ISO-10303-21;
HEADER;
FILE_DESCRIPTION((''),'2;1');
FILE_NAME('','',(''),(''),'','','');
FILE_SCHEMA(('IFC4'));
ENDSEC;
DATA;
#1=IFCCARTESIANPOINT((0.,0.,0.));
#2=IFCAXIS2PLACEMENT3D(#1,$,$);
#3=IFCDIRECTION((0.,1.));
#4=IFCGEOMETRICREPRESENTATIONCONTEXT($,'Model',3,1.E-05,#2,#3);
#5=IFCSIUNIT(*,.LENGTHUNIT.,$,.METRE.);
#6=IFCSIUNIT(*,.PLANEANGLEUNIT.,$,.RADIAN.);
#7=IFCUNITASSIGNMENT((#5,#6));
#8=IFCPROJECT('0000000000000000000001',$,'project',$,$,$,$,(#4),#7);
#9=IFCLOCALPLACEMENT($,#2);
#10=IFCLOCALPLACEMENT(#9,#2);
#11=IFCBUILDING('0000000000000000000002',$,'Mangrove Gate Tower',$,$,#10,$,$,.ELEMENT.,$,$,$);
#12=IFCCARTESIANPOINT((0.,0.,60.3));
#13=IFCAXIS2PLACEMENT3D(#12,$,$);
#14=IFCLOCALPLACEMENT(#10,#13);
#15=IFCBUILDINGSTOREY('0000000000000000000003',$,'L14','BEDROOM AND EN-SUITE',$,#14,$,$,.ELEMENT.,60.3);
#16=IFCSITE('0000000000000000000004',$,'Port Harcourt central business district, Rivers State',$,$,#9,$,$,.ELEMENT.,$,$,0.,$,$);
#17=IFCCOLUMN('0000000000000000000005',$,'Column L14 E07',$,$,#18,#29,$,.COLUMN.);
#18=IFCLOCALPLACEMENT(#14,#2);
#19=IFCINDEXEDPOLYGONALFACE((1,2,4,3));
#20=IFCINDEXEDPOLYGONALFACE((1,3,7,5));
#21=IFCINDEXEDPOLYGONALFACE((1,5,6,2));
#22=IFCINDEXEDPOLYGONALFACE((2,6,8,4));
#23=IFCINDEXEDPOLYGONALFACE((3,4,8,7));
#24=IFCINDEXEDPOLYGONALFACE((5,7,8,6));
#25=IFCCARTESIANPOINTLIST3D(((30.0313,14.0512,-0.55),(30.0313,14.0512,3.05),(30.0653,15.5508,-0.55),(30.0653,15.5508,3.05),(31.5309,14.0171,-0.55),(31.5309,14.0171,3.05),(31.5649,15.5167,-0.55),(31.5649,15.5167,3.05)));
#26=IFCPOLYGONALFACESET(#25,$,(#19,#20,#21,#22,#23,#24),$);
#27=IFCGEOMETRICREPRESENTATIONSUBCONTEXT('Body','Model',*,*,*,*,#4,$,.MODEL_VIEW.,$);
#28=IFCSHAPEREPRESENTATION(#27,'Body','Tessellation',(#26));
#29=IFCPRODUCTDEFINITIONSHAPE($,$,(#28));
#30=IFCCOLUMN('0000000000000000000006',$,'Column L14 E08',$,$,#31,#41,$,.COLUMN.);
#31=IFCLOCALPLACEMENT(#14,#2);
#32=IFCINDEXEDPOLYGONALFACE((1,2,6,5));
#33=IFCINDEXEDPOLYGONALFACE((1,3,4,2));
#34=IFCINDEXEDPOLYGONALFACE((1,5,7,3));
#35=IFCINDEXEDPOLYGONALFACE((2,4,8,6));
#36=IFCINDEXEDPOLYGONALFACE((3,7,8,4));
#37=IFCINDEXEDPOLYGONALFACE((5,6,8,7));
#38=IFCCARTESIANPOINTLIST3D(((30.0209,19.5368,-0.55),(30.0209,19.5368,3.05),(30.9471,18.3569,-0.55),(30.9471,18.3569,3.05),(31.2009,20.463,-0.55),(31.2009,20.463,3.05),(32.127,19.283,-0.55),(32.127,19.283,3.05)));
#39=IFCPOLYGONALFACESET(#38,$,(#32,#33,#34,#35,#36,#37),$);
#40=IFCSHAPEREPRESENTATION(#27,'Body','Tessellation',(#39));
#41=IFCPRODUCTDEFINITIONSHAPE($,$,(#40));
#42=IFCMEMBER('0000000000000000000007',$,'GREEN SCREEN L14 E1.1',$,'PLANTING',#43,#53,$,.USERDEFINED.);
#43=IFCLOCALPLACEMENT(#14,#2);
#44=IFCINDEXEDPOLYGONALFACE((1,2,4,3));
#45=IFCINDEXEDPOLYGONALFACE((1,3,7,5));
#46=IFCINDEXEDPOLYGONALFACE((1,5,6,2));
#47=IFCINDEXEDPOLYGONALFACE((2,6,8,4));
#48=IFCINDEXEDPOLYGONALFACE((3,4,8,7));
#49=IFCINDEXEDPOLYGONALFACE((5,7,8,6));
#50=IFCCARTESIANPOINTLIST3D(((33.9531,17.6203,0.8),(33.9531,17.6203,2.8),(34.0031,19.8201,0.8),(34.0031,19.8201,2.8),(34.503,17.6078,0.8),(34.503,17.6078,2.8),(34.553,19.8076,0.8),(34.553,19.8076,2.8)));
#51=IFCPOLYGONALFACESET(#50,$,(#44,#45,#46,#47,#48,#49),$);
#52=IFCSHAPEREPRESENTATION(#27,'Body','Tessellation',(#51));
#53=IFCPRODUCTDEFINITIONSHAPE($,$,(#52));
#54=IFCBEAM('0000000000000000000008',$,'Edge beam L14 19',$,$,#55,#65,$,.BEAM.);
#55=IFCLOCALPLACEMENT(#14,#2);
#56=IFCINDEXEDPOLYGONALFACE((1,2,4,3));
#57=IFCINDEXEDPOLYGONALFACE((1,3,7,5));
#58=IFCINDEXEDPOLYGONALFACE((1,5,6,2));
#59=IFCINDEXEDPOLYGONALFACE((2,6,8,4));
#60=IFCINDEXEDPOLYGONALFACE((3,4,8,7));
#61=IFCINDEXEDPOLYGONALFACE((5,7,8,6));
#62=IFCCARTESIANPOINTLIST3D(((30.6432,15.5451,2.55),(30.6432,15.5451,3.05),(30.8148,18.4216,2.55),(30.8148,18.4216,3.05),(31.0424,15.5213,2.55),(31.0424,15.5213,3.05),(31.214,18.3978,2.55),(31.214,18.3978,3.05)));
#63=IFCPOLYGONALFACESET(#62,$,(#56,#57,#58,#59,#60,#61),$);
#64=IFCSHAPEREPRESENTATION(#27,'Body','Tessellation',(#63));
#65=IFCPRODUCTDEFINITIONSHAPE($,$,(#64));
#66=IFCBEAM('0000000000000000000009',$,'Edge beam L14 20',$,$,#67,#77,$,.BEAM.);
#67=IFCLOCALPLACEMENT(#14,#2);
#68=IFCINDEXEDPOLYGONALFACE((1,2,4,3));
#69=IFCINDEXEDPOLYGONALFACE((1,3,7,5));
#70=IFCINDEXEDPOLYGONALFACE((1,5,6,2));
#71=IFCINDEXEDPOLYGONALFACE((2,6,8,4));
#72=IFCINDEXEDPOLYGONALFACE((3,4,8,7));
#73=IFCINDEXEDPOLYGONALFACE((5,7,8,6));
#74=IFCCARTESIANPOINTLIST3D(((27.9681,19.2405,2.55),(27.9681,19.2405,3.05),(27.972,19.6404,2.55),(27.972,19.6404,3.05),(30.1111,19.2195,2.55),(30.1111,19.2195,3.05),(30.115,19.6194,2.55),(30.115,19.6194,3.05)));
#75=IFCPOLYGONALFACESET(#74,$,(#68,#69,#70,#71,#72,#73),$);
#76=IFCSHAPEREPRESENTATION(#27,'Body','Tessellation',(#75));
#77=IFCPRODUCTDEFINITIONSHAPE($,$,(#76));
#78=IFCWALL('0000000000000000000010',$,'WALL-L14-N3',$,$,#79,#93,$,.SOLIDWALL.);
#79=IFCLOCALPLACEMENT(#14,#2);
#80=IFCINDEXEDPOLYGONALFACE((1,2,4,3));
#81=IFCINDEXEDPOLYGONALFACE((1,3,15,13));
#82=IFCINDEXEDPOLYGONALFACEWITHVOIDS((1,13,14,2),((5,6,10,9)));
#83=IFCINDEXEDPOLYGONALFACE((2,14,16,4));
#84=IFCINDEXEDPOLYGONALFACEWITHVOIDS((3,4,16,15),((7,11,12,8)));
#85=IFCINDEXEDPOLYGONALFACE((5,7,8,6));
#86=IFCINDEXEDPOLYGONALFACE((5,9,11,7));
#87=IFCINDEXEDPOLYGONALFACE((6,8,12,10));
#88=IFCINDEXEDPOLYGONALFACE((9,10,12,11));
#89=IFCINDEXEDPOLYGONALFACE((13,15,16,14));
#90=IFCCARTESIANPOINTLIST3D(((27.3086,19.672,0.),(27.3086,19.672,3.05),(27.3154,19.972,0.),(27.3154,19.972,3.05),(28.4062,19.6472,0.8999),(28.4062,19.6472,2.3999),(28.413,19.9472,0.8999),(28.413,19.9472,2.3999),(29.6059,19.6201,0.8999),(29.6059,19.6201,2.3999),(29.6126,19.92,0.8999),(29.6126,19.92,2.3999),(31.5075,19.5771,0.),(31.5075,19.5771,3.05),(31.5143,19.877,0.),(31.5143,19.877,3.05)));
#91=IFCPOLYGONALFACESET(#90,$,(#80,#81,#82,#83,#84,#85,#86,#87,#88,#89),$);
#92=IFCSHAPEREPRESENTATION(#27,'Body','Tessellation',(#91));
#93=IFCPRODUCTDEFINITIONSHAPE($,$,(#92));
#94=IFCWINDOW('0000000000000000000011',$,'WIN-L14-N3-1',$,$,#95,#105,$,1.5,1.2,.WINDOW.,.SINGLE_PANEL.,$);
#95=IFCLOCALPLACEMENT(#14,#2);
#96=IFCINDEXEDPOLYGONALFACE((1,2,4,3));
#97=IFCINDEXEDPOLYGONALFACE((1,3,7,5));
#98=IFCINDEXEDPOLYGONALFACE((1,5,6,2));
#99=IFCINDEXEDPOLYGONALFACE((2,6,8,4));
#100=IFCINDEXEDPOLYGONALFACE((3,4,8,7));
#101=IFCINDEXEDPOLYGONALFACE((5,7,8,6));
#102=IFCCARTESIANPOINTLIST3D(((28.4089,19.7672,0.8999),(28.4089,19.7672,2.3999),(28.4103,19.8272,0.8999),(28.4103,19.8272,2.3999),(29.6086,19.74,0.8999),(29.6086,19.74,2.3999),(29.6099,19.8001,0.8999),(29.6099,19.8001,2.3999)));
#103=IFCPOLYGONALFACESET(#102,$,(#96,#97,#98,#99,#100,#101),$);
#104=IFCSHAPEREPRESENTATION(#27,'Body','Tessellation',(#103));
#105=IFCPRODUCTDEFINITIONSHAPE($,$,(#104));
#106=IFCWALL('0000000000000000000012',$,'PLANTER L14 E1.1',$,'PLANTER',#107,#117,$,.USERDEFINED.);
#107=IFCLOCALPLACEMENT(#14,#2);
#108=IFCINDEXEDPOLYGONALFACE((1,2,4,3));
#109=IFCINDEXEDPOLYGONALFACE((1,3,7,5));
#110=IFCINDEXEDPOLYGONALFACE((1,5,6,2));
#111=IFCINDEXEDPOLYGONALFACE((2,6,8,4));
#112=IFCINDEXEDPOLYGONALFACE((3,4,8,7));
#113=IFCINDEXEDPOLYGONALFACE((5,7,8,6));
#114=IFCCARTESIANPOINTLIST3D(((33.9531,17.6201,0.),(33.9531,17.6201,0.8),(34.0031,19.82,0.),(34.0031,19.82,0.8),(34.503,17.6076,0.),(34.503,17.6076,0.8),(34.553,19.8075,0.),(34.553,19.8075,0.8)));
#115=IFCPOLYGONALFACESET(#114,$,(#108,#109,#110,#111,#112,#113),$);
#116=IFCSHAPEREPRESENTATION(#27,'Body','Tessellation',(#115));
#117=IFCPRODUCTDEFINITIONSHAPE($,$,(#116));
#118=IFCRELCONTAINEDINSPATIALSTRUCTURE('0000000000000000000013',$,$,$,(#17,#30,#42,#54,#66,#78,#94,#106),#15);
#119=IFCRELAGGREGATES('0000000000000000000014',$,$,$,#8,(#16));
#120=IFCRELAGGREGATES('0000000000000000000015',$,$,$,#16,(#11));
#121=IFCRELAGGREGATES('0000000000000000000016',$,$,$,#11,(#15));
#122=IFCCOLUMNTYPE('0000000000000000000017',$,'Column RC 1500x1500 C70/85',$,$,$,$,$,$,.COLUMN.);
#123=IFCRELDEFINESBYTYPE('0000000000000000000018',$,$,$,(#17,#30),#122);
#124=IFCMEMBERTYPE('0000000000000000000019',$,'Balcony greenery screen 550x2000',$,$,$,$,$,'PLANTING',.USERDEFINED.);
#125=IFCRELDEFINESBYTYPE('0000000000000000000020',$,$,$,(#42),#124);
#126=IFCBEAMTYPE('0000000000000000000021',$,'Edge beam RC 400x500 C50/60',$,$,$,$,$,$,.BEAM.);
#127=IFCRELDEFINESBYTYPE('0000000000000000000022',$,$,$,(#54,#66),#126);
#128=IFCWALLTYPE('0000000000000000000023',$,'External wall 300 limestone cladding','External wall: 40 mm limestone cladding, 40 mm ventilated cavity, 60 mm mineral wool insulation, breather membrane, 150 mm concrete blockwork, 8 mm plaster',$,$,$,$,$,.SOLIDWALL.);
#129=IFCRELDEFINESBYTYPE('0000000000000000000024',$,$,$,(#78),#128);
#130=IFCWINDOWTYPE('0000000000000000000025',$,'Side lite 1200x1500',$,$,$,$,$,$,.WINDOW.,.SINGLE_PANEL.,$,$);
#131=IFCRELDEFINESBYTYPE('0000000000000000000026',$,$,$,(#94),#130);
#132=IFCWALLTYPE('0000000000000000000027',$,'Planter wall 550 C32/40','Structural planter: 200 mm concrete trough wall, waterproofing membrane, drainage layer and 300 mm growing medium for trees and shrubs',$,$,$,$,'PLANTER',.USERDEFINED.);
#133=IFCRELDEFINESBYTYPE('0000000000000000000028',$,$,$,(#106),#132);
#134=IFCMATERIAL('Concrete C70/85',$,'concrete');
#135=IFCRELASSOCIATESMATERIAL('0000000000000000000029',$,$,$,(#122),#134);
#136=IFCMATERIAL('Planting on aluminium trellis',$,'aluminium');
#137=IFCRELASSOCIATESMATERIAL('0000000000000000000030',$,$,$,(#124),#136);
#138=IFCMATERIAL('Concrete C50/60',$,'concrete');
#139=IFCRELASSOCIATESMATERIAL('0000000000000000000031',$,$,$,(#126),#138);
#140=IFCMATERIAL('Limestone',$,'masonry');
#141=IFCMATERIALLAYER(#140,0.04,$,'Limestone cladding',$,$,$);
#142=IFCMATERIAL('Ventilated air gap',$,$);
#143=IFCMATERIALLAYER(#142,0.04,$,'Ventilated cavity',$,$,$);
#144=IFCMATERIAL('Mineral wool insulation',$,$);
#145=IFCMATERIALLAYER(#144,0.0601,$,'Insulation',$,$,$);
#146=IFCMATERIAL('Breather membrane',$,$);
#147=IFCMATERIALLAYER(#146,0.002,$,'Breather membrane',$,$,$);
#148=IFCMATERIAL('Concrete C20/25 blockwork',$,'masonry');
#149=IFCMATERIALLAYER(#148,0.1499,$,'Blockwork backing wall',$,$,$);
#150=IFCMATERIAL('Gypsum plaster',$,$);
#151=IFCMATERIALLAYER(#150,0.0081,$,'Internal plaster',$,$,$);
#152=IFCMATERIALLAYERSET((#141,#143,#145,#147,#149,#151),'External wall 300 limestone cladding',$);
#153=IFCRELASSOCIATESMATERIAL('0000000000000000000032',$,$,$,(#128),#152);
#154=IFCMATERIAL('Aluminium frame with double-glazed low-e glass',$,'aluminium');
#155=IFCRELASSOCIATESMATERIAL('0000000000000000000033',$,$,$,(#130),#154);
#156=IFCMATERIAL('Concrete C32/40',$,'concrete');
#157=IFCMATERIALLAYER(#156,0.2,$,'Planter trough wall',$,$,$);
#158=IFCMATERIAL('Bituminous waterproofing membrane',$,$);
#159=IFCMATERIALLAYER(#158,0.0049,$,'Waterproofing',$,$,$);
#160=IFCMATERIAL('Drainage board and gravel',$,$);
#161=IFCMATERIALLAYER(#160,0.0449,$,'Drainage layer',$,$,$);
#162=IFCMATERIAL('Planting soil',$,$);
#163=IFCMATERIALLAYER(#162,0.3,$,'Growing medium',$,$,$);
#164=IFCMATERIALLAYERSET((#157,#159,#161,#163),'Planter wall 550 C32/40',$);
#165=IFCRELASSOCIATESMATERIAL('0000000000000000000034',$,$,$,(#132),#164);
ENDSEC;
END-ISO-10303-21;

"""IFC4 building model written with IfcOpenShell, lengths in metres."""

from ifc_helpers import new_model, si_unit, direction, frame, frame_2d, origin, origin_2d, place, context, subcontext, project, spatial, rectangle, extrude, material, layer, layer_set, material_profile, profile_set, type_object, element, fill, save


model = new_model("IFC4")

# Units and contexts
model_context = context("Model", 3, precision=1e-05, world=origin(), true_north=direction((0.0, 1.0)))
body_context = subcontext(model_context, "Body", "Model", "MODEL_VIEW")
ifc_project = project(units=[si_unit("LENGTHUNIT", "METRE"), si_unit("PLANEANGLEUNIT", "RADIAN")], contexts=[model_context])

# Site, building, storey
site_placement = place(None, origin())
site = spatial("IfcSite", under=ifc_project, at=site_placement, Name="Port Harcourt central business district, Rivers State", CompositionType="ELEMENT", RefElevation=0.0)
building_placement = place(site_placement, origin())
building = spatial("IfcBuilding", under=site, at=building_placement, Name="Mangrove Gate Tower", CompositionType="ELEMENT")
storey_placement = place(building_placement, frame((0.0, 0.0, 60.3)))
storey = spatial("IfcBuildingStorey", under=building, at=storey_placement, Name="L14", Description="BEDROOM AND EN-SUITE", CompositionType="ELEMENT", Elevation=60.3)

# Columns
ifc_material_1 = material(Name="Concrete C70/85", Category="concrete")
ifc_material_profile_1 = material_profile(ifc_material_1, rectangle(XDim=1.5, YDim=1.5, at=origin_2d()))
ifc_profile_set_1 = profile_set([ifc_material_profile_1], Name="Concrete C70/85")
column_type = type_object("IfcColumnType", Name="Column RC 1500x1500 C70/85", PredefinedType="COLUMN", material=ifc_profile_set_1)
for number, where, z_axis, x_axis, name in (
    (1, (30.7981, 14.7839, -0.55), (0.0, 0.0, 1.0), (0.02271, 0.999742, 0.0), "Column L14 E07"),
    (2, (31.074, 19.4099, -0.55), (0.0, 0.0, 1.0), (-0.617421, 0.786633, 0.0), "Column L14 E08"),
):
    element("IfcColumn", number, at=place(storey_placement, frame(where, z_axis=z_axis, x_axis=x_axis)), inside=storey, type_object=column_type, Name=name, PredefinedType="COLUMN", context=body_context, shape_type="SweptSolid", body=[
        extrude(rectangle(XDim=1.5, YDim=1.5, at=origin_2d()), origin(), (0.0, 0.0, 1.0), 3.6001),
    ])

# Member
ifc_material_2 = material(Name="Planting on aluminium trellis", Category="aluminium")
ifc_material_profile_2 = material_profile(ifc_material_2, rectangle(XDim=0.55, YDim=2.0, at=origin_2d()))
ifc_profile_set_2 = profile_set([ifc_material_profile_2], Name="Planting on aluminium trellis")
member_type = type_object("IfcMemberType", Name="Balcony greenery screen 550x2000", ElementType="PLANTING", PredefinedType="USERDEFINED", material=ifc_profile_set_2)
member_placement = place(storey_placement, frame((34.228, 17.614, 1.8), z_axis=(0.022744, 0.999741, 0.0), x_axis=(-0.999741, 0.022744, 0.0)))
element("IfcMember", 3, at=member_placement, inside=storey, type_object=member_type, Name="GREEN SCREEN L14 E1.1", ObjectType="PLANTING", PredefinedType="USERDEFINED", context=body_context, shape_type="SweptSolid", body=[
    extrude(rectangle(XDim=0.55, YDim=2.0, at=origin_2d()), origin(), (0.0, 0.0, 1.0), 2.2004),
])

# Beams
ifc_material_3 = material(Name="Concrete C50/60", Category="concrete")
ifc_material_profile_3 = material_profile(ifc_material_3, rectangle(XDim=0.3999, YDim=0.5, at=origin_2d()))
ifc_profile_set_3 = profile_set([ifc_material_profile_3], Name="Concrete C50/60")
beam_type = type_object("IfcBeamType", Name="Edge beam RC 400x500 C50/60", PredefinedType="BEAM", material=ifc_profile_set_3)
beam_1_placement = place(storey_placement, frame((30.8428, 15.5332, 2.8), z_axis=(0.059561, 0.998225, 0.0), x_axis=(-0.998225, 0.059561, 0.0)))
element("IfcBeam", 4, at=beam_1_placement, inside=storey, type_object=beam_type, Name="Edge beam L14 19", PredefinedType="BEAM", context=body_context, shape_type="SweptSolid", body=[
    extrude(rectangle(XDim=0.3999, YDim=0.5, at=origin_2d()), origin(), (0.0, 0.0, 1.0), 2.8816),
])
beam_2_placement = place(storey_placement, frame((30.113, 19.4194, 2.8), z_axis=(-0.999952, 0.009797, 0.0), x_axis=(-0.009797, -0.999952, 0.0)))
element("IfcBeam", 5, at=beam_2_placement, inside=storey, type_object=beam_type, Name="Edge beam L14 20", PredefinedType="BEAM", context=body_context, shape_type="SweptSolid", body=[
    extrude(rectangle(XDim=0.3999, YDim=0.5, at=origin_2d()), origin(), (0.0, 0.0, 1.0), 2.1431),
])

# Wall, opening, window
ifc_material_4 = material(Name="Limestone", Category="masonry")
ifc_layer_1 = layer(ifc_material_4, 0.04, Name="Limestone cladding")
ifc_material_5 = material(Name="Ventilated air gap")
ifc_layer_2 = layer(ifc_material_5, 0.04, Name="Ventilated cavity")
ifc_material_6 = material(Name="Mineral wool insulation")
ifc_layer_3 = layer(ifc_material_6, 0.0601, Name="Insulation")
ifc_material_7 = material(Name="Breather membrane")
ifc_layer_4 = layer(ifc_material_7, 0.002, Name="Breather membrane")
ifc_material_8 = material(Name="Concrete C20/25 blockwork", Category="masonry")
ifc_layer_5 = layer(ifc_material_8, 0.1499, Name="Blockwork backing wall")
ifc_material_9 = material(Name="Gypsum plaster")
ifc_layer_6 = layer(ifc_material_9, 0.0081, Name="Internal plaster")
ifc_layer_set_1 = layer_set([ifc_layer_1, ifc_layer_2, ifc_layer_3, ifc_layer_4, ifc_layer_5, ifc_layer_6], Name="External wall 300 limestone cladding")
wall_type_1 = type_object("IfcWallType", Name="External wall 300 limestone cladding", Description="External wall: 40 mm limestone cladding, 40 mm ventilated cavity, 60 mm mineral wool insulation, breather membrane, 150 mm concrete blockwork, 8 mm plaster", PredefinedType="SOLIDWALL", material=ifc_layer_set_1)
wall_1_placement = place(storey_placement, frame((31.511, 19.7271, 0.0), z_axis=(0.0, 0.0, 1.0), x_axis=(-0.999744, 0.022612, 0.0)))
wall_1 = element("IfcWall", 6, at=wall_1_placement, inside=storey, type_object=wall_type_1, Name="WALL-L14-N3", PredefinedType="SOLIDWALL", context=body_context, shape_type="SweptSolid", body=[
    extrude(rectangle(XDim=4.2, YDim=0.3, at=frame_2d((2.1001, 0.0))), origin(), (0.0, 0.0, 1.0), 3.05),
])
opening_1_placement = place(wall_1_placement, frame((1.9021, 0.0, 0.8999)))
opening_1 = element("IfcOpeningElement", 7, at=opening_1_placement, cuts=wall_1, PredefinedType="OPENING", context=body_context, shape_type="SweptSolid", body=[
    extrude(rectangle(XDim=1.2, YDim=1.5, at=frame_2d((0.6001, 0.75))), frame((0.0, 0.1599, 0.0), z_axis=(0.0, -1.0, 0.0), x_axis=(1.0, 0.0, 0.0)), (0.0, 0.0, 1.0), 0.3201),
])
ifc_material_10 = material(Name="Aluminium frame with double-glazed low-e glass", Category="aluminium")
window_type_1 = type_object("IfcWindowType", Name="Side lite 1200x1500", PartitioningType="SINGLE_PANEL", PredefinedType="WINDOW", material=ifc_material_10)
window_1_placement = place(opening_1_placement, origin())
window_1 = element("IfcWindow", 8, at=window_1_placement, inside=storey, type_object=window_type_1, Name="WIN-L14-N3-1", OverallHeight=1.5, OverallWidth=1.2, PartitioningType="SINGLE_PANEL", PredefinedType="WINDOW", context=body_context, shape_type="SweptSolid", body=[
    extrude(rectangle(XDim=1.2, YDim=1.5, at=frame_2d((0.6001, 0.75))), frame((0.0, 0.03, 0.0), z_axis=(0.0, -1.0, 0.0), x_axis=(1.0, 0.0, 0.0)), (0.0, 0.0, 1.0), 0.0601),
])
fill(opening_1, window_1)

# Wall
ifc_material_11 = material(Name="Concrete C32/40", Category="concrete")
ifc_layer_7 = layer(ifc_material_11, 0.2, Name="Planter trough wall")
ifc_material_12 = material(Name="Bituminous waterproofing membrane")
ifc_layer_8 = layer(ifc_material_12, 0.0049, Name="Waterproofing")
ifc_material_13 = material(Name="Drainage board and gravel")
ifc_layer_9 = layer(ifc_material_13, 0.0449, Name="Drainage layer")
ifc_material_14 = material(Name="Planting soil")
ifc_layer_10 = layer(ifc_material_14, 0.3, Name="Growing medium")
ifc_layer_set_2 = layer_set([ifc_layer_7, ifc_layer_8, ifc_layer_9, ifc_layer_10], Name="Planter wall 550 C32/40")
wall_type_2 = type_object("IfcWallType", Name="Planter wall 550 C32/40", Description="Structural planter: 200 mm concrete trough wall, waterproofing membrane, drainage layer and 300 mm growing medium for trees and shrubs", ElementType="PLANTER", PredefinedType="USERDEFINED", material=ifc_layer_set_2)
wall_2_placement = place(storey_placement, frame((34.228, 17.614, 0.0), z_axis=(0.0, 0.0, 1.0), x_axis=(0.022744, 0.999741, 0.0)))
element("IfcWall", 9, at=wall_2_placement, inside=storey, type_object=wall_type_2, Name="PLANTER L14 E1.1", ObjectType="PLANTER", PredefinedType="USERDEFINED", context=body_context, shape_type="SweptSolid", body=[
    extrude(rectangle(XDim=2.2004, YDim=0.55, at=frame_2d((1.1001, 0.0))), origin(), (0.0, 0.0, 1.0), 0.8),
])

save(model, "model.ifc")
